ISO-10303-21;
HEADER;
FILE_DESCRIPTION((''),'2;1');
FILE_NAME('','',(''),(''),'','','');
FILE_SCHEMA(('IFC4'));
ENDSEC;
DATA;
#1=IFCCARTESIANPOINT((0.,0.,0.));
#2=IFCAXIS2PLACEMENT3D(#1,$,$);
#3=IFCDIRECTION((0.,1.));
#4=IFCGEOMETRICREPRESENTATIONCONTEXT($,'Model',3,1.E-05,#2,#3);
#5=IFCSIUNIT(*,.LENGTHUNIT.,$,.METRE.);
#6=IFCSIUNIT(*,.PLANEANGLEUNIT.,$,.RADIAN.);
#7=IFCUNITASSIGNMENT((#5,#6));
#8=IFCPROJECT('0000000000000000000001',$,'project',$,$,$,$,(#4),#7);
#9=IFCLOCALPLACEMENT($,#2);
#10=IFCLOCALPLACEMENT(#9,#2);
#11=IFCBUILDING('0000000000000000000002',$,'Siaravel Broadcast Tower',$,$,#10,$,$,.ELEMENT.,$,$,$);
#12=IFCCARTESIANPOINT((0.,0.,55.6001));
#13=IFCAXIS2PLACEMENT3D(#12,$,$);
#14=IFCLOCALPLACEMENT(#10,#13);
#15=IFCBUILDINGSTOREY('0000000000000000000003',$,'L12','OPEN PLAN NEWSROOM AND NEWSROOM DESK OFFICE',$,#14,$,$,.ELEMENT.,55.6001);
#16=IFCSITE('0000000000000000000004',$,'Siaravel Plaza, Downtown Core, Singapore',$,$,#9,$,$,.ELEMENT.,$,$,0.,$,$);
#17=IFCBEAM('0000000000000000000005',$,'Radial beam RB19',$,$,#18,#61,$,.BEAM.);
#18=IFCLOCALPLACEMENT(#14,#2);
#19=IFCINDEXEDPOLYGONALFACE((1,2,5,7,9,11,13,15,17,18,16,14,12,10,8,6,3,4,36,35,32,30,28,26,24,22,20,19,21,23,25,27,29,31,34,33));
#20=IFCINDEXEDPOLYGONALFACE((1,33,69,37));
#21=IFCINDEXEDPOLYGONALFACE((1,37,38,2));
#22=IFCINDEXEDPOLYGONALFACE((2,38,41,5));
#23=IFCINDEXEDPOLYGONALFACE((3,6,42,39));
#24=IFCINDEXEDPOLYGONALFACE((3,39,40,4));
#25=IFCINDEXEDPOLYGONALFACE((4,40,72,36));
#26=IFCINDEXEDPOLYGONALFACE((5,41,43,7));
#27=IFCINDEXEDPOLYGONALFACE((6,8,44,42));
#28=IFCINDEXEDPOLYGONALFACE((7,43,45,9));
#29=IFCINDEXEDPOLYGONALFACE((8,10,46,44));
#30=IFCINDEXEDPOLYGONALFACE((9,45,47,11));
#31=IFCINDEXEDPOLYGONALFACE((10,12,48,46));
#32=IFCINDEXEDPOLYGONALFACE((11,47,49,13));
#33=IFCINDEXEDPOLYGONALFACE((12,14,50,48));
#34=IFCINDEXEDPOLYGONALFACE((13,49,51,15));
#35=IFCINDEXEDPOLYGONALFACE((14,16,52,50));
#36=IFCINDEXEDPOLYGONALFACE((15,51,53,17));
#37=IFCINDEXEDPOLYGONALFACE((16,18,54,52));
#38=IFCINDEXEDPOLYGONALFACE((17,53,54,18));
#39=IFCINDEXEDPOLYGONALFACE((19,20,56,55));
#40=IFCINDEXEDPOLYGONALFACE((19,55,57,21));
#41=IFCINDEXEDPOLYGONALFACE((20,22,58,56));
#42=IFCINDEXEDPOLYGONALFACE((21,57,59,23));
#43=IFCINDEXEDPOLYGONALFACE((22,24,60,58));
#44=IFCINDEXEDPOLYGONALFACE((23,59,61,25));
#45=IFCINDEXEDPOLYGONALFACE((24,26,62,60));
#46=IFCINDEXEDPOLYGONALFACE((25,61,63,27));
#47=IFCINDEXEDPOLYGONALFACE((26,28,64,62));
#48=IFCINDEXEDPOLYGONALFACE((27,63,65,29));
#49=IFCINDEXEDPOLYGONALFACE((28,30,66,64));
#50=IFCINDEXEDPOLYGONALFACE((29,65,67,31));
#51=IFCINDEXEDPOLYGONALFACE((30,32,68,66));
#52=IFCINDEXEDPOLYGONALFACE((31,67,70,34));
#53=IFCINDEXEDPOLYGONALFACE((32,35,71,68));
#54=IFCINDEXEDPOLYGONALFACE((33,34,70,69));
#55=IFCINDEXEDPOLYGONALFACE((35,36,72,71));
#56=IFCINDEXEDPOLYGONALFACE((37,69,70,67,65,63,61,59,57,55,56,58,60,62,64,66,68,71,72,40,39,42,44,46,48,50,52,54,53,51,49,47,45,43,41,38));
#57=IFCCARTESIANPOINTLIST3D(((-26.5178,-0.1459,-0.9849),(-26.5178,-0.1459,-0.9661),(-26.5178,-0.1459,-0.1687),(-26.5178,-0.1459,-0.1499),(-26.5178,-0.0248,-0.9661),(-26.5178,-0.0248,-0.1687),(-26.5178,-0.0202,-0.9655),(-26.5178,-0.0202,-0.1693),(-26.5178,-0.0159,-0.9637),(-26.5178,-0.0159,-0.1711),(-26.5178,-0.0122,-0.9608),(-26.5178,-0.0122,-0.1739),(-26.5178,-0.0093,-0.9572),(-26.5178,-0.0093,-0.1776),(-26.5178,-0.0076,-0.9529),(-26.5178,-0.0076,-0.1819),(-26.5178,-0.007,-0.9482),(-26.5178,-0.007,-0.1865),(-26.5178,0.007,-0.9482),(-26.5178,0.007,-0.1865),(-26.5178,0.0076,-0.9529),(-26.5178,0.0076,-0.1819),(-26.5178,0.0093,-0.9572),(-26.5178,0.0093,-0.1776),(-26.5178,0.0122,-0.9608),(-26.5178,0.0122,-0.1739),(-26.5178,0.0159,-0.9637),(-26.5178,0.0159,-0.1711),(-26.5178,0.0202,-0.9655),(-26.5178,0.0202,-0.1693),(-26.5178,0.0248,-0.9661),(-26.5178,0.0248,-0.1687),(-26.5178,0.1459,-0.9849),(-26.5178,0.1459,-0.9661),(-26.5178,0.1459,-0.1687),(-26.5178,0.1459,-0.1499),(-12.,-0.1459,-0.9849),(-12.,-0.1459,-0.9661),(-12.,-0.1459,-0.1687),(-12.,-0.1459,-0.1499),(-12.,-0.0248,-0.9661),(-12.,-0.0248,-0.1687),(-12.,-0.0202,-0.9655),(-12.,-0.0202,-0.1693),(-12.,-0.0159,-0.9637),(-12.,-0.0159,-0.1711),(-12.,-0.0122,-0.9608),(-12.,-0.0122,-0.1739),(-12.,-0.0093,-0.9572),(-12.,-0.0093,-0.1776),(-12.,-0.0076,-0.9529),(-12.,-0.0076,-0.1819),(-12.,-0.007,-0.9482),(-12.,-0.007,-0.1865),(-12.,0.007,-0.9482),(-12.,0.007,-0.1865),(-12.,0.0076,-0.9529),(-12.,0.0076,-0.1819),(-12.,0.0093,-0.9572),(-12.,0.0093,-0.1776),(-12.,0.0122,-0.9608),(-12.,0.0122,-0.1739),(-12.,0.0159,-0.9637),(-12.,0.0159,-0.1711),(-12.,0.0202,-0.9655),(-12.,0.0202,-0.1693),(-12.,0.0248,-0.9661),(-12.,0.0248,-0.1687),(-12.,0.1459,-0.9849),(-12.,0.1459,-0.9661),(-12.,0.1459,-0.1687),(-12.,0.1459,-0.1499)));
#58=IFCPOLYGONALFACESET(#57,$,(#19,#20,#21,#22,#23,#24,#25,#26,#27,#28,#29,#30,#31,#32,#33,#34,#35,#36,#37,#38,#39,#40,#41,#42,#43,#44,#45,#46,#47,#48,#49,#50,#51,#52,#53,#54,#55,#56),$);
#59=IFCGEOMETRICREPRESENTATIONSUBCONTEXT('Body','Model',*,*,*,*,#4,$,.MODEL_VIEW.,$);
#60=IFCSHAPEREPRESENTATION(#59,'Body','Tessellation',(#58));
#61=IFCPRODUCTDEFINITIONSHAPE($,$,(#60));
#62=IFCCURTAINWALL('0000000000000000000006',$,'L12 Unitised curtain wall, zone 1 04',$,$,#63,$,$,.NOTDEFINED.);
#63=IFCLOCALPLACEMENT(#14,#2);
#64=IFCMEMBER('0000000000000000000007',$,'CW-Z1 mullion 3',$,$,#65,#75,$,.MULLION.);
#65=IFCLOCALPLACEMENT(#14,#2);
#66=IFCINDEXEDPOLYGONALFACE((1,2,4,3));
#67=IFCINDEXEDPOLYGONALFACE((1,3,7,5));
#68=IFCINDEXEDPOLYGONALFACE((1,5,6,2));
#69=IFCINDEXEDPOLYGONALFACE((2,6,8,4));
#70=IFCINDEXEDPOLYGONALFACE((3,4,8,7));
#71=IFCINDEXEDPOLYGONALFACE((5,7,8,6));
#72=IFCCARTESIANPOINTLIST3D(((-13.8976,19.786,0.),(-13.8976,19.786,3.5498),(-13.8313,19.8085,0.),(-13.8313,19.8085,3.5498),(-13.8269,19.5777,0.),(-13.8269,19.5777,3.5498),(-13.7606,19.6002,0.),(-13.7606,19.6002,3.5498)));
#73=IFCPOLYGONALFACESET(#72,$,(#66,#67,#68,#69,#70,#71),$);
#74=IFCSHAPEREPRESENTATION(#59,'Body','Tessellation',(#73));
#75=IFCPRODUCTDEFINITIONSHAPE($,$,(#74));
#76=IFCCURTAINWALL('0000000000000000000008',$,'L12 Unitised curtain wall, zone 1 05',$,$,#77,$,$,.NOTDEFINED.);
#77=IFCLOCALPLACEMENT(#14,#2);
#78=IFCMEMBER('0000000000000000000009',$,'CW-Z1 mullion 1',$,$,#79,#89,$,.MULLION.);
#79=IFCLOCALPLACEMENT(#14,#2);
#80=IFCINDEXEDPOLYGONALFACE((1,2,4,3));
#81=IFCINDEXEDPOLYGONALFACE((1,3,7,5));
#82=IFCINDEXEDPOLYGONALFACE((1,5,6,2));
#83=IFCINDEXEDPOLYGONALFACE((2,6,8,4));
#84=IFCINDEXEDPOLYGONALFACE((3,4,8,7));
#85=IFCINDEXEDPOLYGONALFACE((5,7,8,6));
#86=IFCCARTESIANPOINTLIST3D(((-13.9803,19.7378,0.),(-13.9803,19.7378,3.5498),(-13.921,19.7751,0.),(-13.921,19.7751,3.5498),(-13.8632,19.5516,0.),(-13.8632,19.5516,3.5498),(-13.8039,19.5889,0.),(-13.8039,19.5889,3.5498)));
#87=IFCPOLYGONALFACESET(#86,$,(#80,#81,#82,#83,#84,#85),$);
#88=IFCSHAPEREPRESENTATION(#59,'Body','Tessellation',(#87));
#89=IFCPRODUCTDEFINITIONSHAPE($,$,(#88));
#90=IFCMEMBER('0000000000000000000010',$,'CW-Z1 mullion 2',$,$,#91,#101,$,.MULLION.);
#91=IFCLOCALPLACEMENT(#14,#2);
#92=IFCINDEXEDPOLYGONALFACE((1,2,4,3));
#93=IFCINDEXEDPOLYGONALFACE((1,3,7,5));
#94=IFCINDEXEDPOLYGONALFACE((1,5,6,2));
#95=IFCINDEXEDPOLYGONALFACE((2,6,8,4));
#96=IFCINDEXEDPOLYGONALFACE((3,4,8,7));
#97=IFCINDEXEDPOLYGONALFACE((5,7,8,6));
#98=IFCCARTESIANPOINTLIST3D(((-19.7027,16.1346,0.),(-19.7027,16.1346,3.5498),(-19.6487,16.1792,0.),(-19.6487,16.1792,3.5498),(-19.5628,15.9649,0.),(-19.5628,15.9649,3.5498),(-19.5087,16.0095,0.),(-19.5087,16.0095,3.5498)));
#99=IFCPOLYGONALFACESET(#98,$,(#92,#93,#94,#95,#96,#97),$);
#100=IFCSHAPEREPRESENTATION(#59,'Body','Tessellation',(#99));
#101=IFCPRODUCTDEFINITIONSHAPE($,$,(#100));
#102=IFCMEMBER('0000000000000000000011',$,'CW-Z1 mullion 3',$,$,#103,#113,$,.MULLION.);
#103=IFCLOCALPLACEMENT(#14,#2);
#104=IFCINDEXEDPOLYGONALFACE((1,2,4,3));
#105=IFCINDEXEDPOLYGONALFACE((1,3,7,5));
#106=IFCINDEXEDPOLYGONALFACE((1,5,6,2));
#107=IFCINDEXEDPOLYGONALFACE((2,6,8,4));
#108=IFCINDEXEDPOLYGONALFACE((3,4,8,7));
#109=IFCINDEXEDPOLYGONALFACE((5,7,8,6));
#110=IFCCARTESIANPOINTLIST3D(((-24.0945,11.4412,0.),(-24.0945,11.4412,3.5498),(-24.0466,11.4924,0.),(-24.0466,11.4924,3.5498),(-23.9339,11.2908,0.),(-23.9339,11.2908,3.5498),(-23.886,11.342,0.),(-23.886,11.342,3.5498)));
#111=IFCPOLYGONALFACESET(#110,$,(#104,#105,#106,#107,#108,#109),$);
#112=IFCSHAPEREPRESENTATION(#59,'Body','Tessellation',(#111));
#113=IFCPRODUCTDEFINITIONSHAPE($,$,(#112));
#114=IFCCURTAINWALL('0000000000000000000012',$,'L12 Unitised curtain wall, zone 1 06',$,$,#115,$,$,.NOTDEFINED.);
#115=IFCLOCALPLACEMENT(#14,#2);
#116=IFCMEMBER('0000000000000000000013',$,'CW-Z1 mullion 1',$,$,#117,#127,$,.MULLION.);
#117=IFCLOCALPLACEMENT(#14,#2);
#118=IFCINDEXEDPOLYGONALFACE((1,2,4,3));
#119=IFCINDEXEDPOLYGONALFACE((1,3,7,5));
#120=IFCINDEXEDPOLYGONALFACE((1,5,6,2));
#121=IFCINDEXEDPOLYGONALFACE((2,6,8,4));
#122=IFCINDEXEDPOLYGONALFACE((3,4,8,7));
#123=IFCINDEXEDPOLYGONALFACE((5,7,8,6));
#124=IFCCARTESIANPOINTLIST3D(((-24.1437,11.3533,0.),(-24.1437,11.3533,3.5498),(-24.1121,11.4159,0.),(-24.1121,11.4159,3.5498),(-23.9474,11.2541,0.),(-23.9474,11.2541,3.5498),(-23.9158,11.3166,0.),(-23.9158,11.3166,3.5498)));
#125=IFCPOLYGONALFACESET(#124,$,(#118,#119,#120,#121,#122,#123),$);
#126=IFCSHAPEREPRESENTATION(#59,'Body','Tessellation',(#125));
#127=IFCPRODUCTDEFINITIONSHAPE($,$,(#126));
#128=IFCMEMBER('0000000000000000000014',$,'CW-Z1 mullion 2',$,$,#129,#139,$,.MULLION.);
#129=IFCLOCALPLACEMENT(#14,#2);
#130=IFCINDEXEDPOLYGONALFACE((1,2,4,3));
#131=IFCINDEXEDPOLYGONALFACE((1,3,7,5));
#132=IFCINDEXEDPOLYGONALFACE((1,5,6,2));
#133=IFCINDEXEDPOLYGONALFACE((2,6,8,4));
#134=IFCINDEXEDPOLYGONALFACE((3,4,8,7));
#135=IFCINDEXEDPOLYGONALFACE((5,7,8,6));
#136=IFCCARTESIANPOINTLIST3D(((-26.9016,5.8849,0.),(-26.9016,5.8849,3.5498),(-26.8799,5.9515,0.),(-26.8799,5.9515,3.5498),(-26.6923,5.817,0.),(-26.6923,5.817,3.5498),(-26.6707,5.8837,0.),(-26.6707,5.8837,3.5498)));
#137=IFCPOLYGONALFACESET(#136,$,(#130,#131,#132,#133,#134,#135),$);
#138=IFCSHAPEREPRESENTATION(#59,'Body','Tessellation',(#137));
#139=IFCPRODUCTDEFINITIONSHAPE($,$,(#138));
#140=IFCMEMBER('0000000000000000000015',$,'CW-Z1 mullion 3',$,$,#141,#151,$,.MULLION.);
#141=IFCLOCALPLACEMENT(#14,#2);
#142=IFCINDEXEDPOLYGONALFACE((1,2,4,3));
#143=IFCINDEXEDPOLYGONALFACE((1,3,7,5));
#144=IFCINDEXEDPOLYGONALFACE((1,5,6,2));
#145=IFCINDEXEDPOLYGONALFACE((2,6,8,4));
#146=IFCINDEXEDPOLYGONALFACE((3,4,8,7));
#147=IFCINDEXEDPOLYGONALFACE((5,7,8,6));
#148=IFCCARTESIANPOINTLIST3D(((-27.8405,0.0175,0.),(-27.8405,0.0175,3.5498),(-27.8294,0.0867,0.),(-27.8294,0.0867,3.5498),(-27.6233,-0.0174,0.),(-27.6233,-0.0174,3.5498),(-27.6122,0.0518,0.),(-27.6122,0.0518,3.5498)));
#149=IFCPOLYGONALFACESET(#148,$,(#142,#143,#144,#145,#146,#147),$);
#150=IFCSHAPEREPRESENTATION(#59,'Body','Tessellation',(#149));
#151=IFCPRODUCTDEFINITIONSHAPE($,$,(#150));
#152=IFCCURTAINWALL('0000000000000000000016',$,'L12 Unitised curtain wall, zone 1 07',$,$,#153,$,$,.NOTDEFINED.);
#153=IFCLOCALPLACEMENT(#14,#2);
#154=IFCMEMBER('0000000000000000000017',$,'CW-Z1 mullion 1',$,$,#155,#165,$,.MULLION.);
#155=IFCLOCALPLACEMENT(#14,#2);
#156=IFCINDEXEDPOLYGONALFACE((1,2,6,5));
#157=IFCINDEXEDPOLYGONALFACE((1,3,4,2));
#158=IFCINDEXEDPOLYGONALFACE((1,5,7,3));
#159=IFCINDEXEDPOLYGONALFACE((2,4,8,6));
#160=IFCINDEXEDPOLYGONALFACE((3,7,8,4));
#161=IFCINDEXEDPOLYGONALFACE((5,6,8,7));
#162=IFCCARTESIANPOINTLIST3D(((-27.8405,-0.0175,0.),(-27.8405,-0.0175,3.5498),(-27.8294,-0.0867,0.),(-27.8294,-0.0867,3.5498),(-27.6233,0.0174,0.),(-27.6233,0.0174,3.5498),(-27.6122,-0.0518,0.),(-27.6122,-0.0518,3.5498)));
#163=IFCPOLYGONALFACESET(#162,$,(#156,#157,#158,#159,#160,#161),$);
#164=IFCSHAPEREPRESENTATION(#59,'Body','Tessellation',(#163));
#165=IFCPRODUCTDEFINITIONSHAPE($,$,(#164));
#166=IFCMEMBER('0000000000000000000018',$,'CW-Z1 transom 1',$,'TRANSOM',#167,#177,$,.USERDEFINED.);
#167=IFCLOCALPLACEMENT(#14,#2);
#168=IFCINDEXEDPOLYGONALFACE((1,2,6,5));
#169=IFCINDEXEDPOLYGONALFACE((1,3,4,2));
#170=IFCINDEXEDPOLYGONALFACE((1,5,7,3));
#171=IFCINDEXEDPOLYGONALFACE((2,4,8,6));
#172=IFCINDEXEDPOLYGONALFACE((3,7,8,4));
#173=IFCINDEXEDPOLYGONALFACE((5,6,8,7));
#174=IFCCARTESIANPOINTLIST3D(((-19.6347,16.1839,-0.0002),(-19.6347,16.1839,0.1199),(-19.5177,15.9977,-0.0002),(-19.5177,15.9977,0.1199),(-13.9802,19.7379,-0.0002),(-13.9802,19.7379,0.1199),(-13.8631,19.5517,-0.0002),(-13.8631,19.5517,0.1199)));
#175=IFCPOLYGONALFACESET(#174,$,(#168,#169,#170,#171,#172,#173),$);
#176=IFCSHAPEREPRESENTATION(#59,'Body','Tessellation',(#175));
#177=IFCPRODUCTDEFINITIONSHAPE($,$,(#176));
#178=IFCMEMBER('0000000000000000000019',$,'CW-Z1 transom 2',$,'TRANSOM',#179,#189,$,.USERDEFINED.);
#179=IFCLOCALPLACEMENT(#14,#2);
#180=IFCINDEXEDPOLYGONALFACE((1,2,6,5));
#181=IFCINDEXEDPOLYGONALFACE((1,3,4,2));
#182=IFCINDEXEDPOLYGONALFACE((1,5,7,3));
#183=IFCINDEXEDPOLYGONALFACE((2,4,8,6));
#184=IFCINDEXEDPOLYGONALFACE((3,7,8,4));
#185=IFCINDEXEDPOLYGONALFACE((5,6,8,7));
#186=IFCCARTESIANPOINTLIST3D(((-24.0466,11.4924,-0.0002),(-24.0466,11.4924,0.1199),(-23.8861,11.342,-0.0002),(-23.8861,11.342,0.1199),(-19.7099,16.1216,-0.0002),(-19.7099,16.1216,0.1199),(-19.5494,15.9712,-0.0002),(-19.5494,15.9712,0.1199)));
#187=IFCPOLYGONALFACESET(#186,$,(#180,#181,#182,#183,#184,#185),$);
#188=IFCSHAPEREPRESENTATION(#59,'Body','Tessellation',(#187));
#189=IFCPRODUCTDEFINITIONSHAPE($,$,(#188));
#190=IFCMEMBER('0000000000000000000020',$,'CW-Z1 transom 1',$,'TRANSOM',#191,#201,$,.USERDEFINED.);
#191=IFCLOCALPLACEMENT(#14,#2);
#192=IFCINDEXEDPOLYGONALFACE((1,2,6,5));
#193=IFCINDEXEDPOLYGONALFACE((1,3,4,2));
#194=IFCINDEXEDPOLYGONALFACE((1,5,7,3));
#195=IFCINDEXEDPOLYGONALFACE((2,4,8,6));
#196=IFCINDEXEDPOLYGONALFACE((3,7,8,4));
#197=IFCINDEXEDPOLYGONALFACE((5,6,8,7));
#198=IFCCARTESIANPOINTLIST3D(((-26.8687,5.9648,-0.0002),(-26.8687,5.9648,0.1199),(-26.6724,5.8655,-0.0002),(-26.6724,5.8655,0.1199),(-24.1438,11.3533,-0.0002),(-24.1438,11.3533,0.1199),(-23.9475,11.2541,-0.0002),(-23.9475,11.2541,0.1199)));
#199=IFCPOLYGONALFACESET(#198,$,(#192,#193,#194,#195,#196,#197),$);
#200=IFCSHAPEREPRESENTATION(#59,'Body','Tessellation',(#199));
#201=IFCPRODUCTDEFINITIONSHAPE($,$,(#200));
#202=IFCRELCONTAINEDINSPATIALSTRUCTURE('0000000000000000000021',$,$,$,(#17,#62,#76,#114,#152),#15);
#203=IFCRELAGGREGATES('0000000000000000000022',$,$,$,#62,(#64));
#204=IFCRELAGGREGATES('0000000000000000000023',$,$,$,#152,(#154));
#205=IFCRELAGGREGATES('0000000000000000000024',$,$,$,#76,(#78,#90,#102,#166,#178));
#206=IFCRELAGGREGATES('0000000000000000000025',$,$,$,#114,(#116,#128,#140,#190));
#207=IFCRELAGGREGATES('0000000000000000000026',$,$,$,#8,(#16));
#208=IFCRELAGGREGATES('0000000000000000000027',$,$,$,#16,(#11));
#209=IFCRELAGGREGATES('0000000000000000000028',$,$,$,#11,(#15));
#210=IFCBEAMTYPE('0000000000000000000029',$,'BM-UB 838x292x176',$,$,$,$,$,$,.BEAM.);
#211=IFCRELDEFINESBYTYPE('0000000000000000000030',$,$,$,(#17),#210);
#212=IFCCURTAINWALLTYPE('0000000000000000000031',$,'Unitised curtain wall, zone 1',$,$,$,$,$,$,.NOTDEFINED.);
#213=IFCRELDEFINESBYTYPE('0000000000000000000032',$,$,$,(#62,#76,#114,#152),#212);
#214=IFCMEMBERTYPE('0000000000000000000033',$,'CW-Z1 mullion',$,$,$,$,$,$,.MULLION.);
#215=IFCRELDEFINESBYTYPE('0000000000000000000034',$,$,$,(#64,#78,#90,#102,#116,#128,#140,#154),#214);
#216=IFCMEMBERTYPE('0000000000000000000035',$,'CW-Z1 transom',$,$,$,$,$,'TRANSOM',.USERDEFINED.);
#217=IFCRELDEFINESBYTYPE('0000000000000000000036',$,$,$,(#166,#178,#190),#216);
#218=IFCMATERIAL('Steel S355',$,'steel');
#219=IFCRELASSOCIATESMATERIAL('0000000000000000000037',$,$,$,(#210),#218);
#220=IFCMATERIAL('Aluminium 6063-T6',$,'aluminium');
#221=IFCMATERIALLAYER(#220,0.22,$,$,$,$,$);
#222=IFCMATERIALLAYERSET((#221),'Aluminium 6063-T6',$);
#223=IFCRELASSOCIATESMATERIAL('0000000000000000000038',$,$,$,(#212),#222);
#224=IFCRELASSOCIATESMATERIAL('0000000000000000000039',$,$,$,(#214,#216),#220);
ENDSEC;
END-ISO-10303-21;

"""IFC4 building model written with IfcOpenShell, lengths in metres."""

from ifc_helpers import new_model, si_unit, direction, frame, origin, origin_2d, place, context, subcontext, project, spatial, rectangle, i_section, extrude, material, layer, layer_set, material_profile, profile_set, type_object, element, aggregate, save


model = new_model("IFC4")

# Units and contexts
model_context = context("Model", 3, precision=1e-05, world=origin(), true_north=direction((0.0, 1.0)))
body_context = subcontext(model_context, "Body", "Model", "MODEL_VIEW")
ifc_project = project(units=[si_unit("LENGTHUNIT", "METRE"), si_unit("PLANEANGLEUNIT", "RADIAN")], contexts=[model_context])

# Site, building, storey
site_placement = place(None, origin())
site = spatial("IfcSite", under=ifc_project, at=site_placement, Name="Siaravel Plaza, Downtown Core, Singapore", CompositionType="ELEMENT", RefElevation=0.0)
building_placement = place(site_placement, origin())
building = spatial("IfcBuilding", under=site, at=building_placement, Name="Siaravel Broadcast Tower", CompositionType="ELEMENT")
storey_placement = place(building_placement, frame((0.0, 0.0, 55.6001)))
storey = spatial("IfcBuildingStorey", under=building, at=storey_placement, Name="L12", Description="OPEN PLAN NEWSROOM AND NEWSROOM DESK OFFICE", CompositionType="ELEMENT", Elevation=55.6001)

# Beam
ifc_material_1 = material(Name="Steel S355", Category="steel")
ifc_material_profile_1 = material_profile(ifc_material_1, i_section(OverallWidth=0.2917, OverallDepth=0.835, WebThickness=0.0139, FlangeThickness=0.0188, FilletRadius=0.0178, at=origin_2d()))
ifc_profile_set_1 = profile_set([ifc_material_profile_1], Name="Steel S355")
beam_type = type_object("IfcBeamType", Name="BM-UB 838x292x176", PredefinedType="BEAM", material=ifc_profile_set_1)
beam_1_placement = place(storey_placement, frame((-26.5178, 0.0, -0.5674), z_axis=(1.0, 0.0, 0.0), x_axis=(0.0, 1.0, 0.0)))
element("IfcBeam", 1, at=beam_1_placement, inside=storey, type_object=beam_type, Name="Radial beam RB19", PredefinedType="BEAM", context=body_context, shape_type="SweptSolid", body=[
    extrude(i_section(OverallWidth=0.2917, OverallDepth=0.835, WebThickness=0.0139, FlangeThickness=0.0188, FilletRadius=0.0178, at=origin_2d()), origin(), (0.0, 0.0, 1.0), 14.5178),
])

# Curtain wall, member
ifc_material_2 = material(Name="Aluminium 6063-T6", Category="aluminium")
ifc_layer_1 = layer(ifc_material_2, 0.22)
ifc_layer_set_1 = layer_set([ifc_layer_1], Name="Aluminium 6063-T6")
curtain_wall_type = type_object("IfcCurtainWallType", Name="Unitised curtain wall, zone 1", PredefinedType="NOTDEFINED", material=ifc_layer_set_1)
curtain_wall_1_placement = place(storey_placement, origin())
curtain_wall_1 = element("IfcCurtainWall", 2, at=curtain_wall_1_placement, inside=storey, type_object=curtain_wall_type, Name="L12 Unitised curtain wall, zone 1 04", PredefinedType="NOTDEFINED")
ifc_material_profile_2 = material_profile(ifc_material_2, rectangle(XDim=0.22, YDim=0.0701, at=origin_2d()))
ifc_profile_set_2 = profile_set([ifc_material_profile_2], Name="Aluminium 6063-T6")
member_type_1 = type_object("IfcMemberType", Name="CW-Z1 mullion", PredefinedType="MULLION", material=ifc_profile_set_2)
member_1_placement = place(storey_placement, frame((-13.8291, 19.6931, 0.0), z_axis=(0.0, 0.0, 1.0), x_axis=(0.321301, -0.946977, 0.0)))
member_1 = element("IfcMember", 3, at=member_1_placement, type_object=member_type_1, Name="CW-Z1 mullion 3", PredefinedType="MULLION", context=body_context, shape_type="SweptSolid", body=[
    extrude(rectangle(XDim=0.22, YDim=0.0701, at=origin_2d()), origin(), (0.0, 0.0, 1.0), 3.5498),
])
aggregate(curtain_wall_1, [member_1])

# Curtain walls, members
curtain_wall_2_placement = place(storey_placement, origin())
curtain_wall_2 = element("IfcCurtainWall", 4, at=curtain_wall_2_placement, inside=storey, type_object=curtain_wall_type, Name="L12 Unitised curtain wall, zone 1 05", PredefinedType="NOTDEFINED")
member_2_placement = place(storey_placement, frame((-13.8921, 19.6633, 0.0), z_axis=(0.0, 0.0, 1.0), x_axis=(0.532149, -0.846651, 0.0)))
member_2 = element("IfcMember", 5, at=member_2_placement, type_object=member_type_1, Name="CW-Z1 mullion 1", PredefinedType="MULLION", context=body_context, shape_type="SweptSolid", body=[
    extrude(rectangle(XDim=0.22, YDim=0.0701, at=origin_2d()), origin(), (0.0, 0.0, 1.0), 3.5498),
])
member_3_placement = place(storey_placement, frame((-19.6057, 16.072, 0.0), z_axis=(0.0, 0.0, 1.0), x_axis=(0.636219, -0.771509, 0.0)))
member_3 = element("IfcMember", 6, at=member_3_placement, type_object=member_type_1, Name="CW-Z1 mullion 2", PredefinedType="MULLION", context=body_context, shape_type="SweptSolid", body=[
    extrude(rectangle(XDim=0.22, YDim=0.0701, at=origin_2d()), origin(), (0.0, 0.0, 1.0), 3.5498),
])
member_4_placement = place(storey_placement, frame((-23.9902, 11.3916, 0.0), z_axis=(0.0, 0.0, 1.0), x_axis=(0.729805, -0.683655, 0.0)))
member_4 = element("IfcMember", 7, at=member_4_placement, type_object=member_type_1, Name="CW-Z1 mullion 3", PredefinedType="MULLION", context=body_context, shape_type="SweptSolid", body=[
    extrude(rectangle(XDim=0.22, YDim=0.0701, at=origin_2d()), origin(), (0.0, 0.0, 1.0), 3.5498),
])
curtain_wall_3_placement = place(storey_placement, origin())
curtain_wall_3 = element("IfcCurtainWall", 8, at=curtain_wall_3_placement, inside=storey, type_object=curtain_wall_type, Name="L12 Unitised curtain wall, zone 1 06", PredefinedType="NOTDEFINED")
member_5_placement = place(storey_placement, frame((-24.0298, 11.335, 0.0), z_axis=(0.0, 0.0, 1.0), x_axis=(0.892392, -0.451261, 0.0)))
member_5 = element("IfcMember", 9, at=member_5_placement, type_object=member_type_1, Name="CW-Z1 mullion 1", PredefinedType="MULLION", context=body_context, shape_type="SweptSolid", body=[
    extrude(rectangle(XDim=0.22, YDim=0.0701, at=origin_2d()), origin(), (0.0, 0.0, 1.0), 3.5498),
])
member_6_placement = place(storey_placement, frame((-26.7861, 5.8843, 0.0), z_axis=(0.0, 0.0, 1.0), x_axis=(0.951177, -0.308646, 0.0)))
member_6 = element("IfcMember", 10, at=member_6_placement, type_object=member_type_1, Name="CW-Z1 mullion 2", PredefinedType="MULLION", context=body_context, shape_type="SweptSolid", body=[
    extrude(rectangle(XDim=0.22, YDim=0.0701, at=origin_2d()), origin(), (0.0, 0.0, 1.0), 3.5498),
])
member_7_placement = place(storey_placement, frame((-27.7263, 0.0347, 0.0), z_axis=(0.0, 0.0, 1.0), x_axis=(0.987329, -0.158686, 0.0)))
member_7 = element("IfcMember", 11, at=member_7_placement, type_object=member_type_1, Name="CW-Z1 mullion 3", PredefinedType="MULLION", context=body_context, shape_type="SweptSolid", body=[
    extrude(rectangle(XDim=0.22, YDim=0.0701, at=origin_2d()), origin(), (0.0, 0.0, 1.0), 3.5498),
])

# Curtain wall, member
curtain_wall_4_placement = place(storey_placement, origin())
curtain_wall_4 = element("IfcCurtainWall", 12, at=curtain_wall_4_placement, inside=storey, type_object=curtain_wall_type, Name="L12 Unitised curtain wall, zone 1 07", PredefinedType="NOTDEFINED")
member_8_placement = place(storey_placement, frame((-27.7263, -0.0347, 0.0), z_axis=(0.0, 0.0, 1.0), x_axis=(0.987329, 0.158686, 0.0)))
member_8 = element("IfcMember", 13, at=member_8_placement, type_object=member_type_1, Name="CW-Z1 mullion 1", PredefinedType="MULLION", context=body_context, shape_type="SweptSolid", body=[
    extrude(rectangle(XDim=0.22, YDim=0.0701, at=origin_2d()), origin(), (0.0, 0.0, 1.0), 3.5498),
])

# Members
ifc_material_profile_3 = material_profile(ifc_material_2, rectangle(XDim=0.22, YDim=0.1201, at=origin_2d()))
ifc_profile_set_3 = profile_set([ifc_material_profile_3], Name="Aluminium 6063-T6")
member_type_2 = type_object("IfcMemberType", Name="CW-Z1 transom", ElementType="TRANSOM", PredefinedType="USERDEFINED", material=ifc_profile_set_3)
member_9_placement = place(storey_placement, frame((-13.9216, 19.6448, 0.0598), z_axis=(-0.846659, -0.532136, 0.0), x_axis=(0.532136, -0.846659, 0.0)))
member_9 = element("IfcMember", 14, at=member_9_placement, type_object=member_type_2, Name="CW-Z1 transom 1", ObjectType="TRANSOM", PredefinedType="USERDEFINED", context=body_context, shape_type="SweptSolid", body=[
    extrude(rectangle(XDim=0.22, YDim=0.1201, at=origin_2d()), origin(), (0.0, 0.0, 1.0), 6.6787),
])
member_10_placement = place(storey_placement, frame((-19.6296, 16.0464, 0.0598), z_axis=(-0.683676, -0.729786, 0.0), x_axis=(0.729786, -0.683676, 0.0)))
member_10 = element("IfcMember", 15, at=member_10_placement, type_object=member_type_2, Name="CW-Z1 transom 2", ObjectType="TRANSOM", PredefinedType="USERDEFINED", context=body_context, shape_type="SweptSolid", body=[
    extrude(rectangle(XDim=0.22, YDim=0.1201, at=origin_2d()), origin(), (0.0, 0.0, 1.0), 6.3433),
])
member_11_placement = place(storey_placement, frame((-24.0457, 11.3037, 0.0598), z_axis=(-0.451268, -0.892388, 0.0), x_axis=(0.892388, -0.451268, 0.0)))
member_11 = element("IfcMember", 16, at=member_11_placement, type_object=member_type_2, Name="CW-Z1 transom 1", ObjectType="TRANSOM", PredefinedType="USERDEFINED", context=body_context, shape_type="SweptSolid", body=[
    extrude(rectangle(XDim=0.22, YDim=0.1201, at=origin_2d()), origin(), (0.0, 0.0, 1.0), 6.0383),
])
aggregate(curtain_wall_4, [member_8])

aggregate(curtain_wall_2, [member_2, member_3, member_4, member_9, member_10])
aggregate(curtain_wall_3, [member_5, member_6, member_7, member_11])

save(model, "model.ifc")
